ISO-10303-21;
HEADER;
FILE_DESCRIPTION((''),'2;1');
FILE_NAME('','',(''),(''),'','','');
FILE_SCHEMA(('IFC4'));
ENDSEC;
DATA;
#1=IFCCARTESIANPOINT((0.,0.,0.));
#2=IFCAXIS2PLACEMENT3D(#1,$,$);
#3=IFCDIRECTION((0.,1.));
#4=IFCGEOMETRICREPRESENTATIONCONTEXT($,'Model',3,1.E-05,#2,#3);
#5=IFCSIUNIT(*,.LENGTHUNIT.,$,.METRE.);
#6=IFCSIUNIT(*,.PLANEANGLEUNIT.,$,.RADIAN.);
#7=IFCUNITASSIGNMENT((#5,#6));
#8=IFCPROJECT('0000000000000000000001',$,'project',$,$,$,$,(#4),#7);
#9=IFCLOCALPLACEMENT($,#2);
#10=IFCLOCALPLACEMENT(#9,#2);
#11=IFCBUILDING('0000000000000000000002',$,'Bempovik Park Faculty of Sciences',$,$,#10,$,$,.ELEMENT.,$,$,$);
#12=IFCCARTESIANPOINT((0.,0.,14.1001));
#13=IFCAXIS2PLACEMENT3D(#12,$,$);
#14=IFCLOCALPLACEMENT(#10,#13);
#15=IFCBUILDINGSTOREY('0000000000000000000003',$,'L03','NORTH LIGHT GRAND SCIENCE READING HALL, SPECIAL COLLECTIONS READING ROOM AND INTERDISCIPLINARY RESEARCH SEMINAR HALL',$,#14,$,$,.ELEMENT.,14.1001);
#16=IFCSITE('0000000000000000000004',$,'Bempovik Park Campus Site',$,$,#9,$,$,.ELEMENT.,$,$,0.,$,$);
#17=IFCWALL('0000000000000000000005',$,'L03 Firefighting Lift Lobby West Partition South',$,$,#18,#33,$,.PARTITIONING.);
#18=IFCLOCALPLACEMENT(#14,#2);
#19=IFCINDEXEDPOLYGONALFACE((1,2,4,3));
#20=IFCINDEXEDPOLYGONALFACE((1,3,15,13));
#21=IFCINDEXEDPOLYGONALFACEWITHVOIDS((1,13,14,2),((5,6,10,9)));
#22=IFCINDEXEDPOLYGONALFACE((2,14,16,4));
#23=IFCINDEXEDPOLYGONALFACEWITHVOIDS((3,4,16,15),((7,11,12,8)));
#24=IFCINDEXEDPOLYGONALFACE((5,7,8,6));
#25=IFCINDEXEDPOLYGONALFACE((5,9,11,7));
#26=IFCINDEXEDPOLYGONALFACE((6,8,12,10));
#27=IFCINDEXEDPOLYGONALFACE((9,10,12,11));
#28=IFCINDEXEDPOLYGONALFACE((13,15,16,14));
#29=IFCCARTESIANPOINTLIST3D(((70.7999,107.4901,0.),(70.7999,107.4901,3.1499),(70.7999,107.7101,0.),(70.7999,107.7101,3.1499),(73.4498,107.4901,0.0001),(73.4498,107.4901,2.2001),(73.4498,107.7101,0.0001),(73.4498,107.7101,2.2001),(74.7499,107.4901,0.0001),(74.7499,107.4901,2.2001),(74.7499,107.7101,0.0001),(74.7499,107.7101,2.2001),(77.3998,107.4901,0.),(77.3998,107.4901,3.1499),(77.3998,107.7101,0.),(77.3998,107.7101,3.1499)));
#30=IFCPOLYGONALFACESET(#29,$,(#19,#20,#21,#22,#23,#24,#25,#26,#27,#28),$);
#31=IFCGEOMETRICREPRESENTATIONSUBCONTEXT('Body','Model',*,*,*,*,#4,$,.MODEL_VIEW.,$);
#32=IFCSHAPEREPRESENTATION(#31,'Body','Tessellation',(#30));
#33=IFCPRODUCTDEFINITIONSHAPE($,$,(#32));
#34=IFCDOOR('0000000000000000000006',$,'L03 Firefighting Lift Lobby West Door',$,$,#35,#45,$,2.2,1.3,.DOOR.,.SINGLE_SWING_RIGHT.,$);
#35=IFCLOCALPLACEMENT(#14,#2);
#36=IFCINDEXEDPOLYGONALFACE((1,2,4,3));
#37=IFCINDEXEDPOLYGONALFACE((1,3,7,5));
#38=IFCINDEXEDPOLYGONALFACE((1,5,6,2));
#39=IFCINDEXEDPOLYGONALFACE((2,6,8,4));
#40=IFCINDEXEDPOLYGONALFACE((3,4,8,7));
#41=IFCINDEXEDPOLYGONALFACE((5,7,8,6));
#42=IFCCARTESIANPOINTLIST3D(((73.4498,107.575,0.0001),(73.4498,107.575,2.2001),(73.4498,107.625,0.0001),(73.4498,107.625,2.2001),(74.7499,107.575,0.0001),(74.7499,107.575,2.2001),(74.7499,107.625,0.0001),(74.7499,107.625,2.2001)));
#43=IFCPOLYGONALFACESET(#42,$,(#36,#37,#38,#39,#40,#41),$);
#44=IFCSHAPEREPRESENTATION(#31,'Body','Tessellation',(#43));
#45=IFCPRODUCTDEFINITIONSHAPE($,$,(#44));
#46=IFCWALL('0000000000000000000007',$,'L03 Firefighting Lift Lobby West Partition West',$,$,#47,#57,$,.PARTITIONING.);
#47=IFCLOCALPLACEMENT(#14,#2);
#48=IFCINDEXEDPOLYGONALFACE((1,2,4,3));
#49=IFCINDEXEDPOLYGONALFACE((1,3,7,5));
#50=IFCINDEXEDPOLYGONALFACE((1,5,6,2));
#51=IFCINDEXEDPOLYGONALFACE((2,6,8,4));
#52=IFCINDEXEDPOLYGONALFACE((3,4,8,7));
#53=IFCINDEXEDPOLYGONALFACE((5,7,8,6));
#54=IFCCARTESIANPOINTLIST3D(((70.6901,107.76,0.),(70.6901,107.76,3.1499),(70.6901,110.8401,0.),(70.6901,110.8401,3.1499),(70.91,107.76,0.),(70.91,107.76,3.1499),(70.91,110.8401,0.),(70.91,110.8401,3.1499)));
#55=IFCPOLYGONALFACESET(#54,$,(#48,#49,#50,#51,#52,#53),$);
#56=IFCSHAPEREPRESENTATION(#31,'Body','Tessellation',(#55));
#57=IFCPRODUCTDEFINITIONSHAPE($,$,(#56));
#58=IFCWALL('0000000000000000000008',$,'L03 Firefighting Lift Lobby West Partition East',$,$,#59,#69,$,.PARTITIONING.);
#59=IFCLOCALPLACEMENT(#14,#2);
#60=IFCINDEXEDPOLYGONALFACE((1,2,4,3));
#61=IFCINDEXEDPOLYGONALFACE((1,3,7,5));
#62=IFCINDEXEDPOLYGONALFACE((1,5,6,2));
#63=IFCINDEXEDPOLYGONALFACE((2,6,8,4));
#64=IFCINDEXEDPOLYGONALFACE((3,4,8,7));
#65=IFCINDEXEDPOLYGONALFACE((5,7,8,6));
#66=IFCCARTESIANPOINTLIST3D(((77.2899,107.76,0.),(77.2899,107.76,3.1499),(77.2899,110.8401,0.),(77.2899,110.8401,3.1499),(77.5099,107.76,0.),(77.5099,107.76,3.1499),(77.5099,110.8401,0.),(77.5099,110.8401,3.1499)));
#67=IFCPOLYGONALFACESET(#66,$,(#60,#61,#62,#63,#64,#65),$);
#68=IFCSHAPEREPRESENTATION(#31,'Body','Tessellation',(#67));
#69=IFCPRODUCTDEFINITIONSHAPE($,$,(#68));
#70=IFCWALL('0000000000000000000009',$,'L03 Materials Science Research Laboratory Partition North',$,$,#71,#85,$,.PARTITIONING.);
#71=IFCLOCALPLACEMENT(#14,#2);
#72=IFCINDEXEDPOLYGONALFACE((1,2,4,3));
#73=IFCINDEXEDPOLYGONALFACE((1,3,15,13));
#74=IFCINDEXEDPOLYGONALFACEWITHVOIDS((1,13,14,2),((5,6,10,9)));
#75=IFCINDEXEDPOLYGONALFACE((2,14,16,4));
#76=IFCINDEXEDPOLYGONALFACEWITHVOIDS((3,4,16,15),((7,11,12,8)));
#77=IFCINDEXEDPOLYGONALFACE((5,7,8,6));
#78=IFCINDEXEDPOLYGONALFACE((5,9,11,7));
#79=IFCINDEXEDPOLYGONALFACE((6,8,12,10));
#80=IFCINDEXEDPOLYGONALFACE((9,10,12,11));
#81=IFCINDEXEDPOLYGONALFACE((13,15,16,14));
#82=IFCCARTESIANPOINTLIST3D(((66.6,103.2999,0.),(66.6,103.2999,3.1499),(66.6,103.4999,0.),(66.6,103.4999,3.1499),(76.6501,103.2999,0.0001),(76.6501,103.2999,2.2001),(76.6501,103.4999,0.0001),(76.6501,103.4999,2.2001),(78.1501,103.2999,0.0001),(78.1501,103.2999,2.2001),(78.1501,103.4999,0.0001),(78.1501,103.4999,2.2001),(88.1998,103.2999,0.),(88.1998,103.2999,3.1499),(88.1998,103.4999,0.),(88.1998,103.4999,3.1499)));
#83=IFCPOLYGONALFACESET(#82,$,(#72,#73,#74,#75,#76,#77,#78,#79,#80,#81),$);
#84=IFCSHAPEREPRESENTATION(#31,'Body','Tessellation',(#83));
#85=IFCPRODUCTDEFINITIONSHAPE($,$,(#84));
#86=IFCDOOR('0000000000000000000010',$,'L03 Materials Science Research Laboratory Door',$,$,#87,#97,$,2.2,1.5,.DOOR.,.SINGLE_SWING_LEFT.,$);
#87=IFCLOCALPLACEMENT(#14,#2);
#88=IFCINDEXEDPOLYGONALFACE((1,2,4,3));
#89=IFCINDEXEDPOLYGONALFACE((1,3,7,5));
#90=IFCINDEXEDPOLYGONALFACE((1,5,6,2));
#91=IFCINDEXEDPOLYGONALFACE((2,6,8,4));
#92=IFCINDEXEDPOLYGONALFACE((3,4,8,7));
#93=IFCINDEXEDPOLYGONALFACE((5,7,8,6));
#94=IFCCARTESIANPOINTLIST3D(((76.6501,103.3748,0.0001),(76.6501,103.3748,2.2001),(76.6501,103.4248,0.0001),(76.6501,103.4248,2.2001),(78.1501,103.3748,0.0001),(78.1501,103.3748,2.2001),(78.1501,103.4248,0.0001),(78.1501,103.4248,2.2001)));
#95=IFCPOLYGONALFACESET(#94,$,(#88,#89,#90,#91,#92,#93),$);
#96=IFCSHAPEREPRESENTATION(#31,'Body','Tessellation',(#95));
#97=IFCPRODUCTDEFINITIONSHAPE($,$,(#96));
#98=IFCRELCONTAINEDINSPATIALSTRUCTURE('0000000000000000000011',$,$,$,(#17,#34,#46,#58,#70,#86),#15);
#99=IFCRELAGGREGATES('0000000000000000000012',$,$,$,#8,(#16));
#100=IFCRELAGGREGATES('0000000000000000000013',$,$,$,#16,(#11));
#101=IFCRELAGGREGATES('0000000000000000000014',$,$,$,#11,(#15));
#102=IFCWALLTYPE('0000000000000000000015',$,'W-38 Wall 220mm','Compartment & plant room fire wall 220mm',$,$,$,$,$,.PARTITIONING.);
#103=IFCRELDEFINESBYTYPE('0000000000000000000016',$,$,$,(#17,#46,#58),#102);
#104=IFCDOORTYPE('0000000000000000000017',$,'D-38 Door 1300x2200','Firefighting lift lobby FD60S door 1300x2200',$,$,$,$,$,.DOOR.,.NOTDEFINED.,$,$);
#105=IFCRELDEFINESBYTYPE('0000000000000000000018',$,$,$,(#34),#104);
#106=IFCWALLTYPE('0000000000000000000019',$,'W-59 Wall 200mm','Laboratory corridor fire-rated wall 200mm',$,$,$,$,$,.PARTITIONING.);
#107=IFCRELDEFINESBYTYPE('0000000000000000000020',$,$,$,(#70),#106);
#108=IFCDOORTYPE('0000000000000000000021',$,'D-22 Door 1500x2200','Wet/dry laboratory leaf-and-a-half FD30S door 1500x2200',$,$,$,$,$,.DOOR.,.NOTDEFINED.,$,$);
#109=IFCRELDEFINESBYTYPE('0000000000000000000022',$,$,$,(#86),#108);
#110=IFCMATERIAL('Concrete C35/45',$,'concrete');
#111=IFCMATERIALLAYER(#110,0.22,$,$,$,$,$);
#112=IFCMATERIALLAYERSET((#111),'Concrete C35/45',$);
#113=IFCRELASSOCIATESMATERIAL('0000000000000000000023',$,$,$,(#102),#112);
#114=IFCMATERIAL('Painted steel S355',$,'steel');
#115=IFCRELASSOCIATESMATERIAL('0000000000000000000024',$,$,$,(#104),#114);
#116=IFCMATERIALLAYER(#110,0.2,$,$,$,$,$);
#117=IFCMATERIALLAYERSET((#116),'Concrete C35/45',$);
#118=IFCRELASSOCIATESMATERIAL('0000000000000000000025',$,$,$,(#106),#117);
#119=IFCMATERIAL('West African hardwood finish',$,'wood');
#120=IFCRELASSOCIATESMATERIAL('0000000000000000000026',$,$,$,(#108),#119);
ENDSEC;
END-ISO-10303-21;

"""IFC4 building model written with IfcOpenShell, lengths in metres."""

from ifc_helpers import new_model, si_unit, direction, frame, frame_2d, origin, place, context, subcontext, project, spatial, rectangle, extrude, material, layer, layer_set, type_object, element, fill, save


model = new_model("IFC4")

# Units and contexts
model_context = context("Model", 3, precision=1e-05, world=origin(), true_north=direction((0.0, 1.0)))
body_context = subcontext(model_context, "Body", "Model", "MODEL_VIEW")
ifc_project = project(units=[si_unit("LENGTHUNIT", "METRE"), si_unit("PLANEANGLEUNIT", "RADIAN")], contexts=[model_context])

# Site, building, storey
site_placement = place(None, origin())
site = spatial("IfcSite", under=ifc_project, at=site_placement, Name="Bempovik Park Campus Site", CompositionType="ELEMENT", RefElevation=0.0)
building_placement = place(site_placement, origin())
building = spatial("IfcBuilding", under=site, at=building_placement, Name="Bempovik Park Faculty of Sciences", CompositionType="ELEMENT")
storey_placement = place(building_placement, frame((0.0, 0.0, 14.1001)))
storey = spatial("IfcBuildingStorey", under=building, at=storey_placement, Name="L03", Description="NORTH LIGHT GRAND SCIENCE READING HALL, SPECIAL COLLECTIONS READING ROOM AND INTERDISCIPLINARY RESEARCH SEMINAR HALL", CompositionType="ELEMENT", Elevation=14.1001)

# Shared definitions
ifc_material_1 = material(Name="Concrete C35/45", Category="concrete")

# Wall, opening, door
ifc_material_2 = material(Name="Painted steel S355", Category="steel")
ifc_layer_1 = layer(ifc_material_1, 0.22)
ifc_layer_set_1 = layer_set([ifc_layer_1], Name="Concrete C35/45")
wall_type_1 = type_object("IfcWallType", Name="W-38 Wall 220mm", Description="Compartment & plant room fire wall 220mm", PredefinedType="PARTITIONING", material=ifc_layer_set_1)
wall_1_placement = place(storey_placement, frame((70.8, 107.6001, 0.0), z_axis=(0.0, 0.0, 1.0), x_axis=(1.0, 0.0, 0.0)))
wall_1 = element("IfcWall", 1, at=wall_1_placement, inside=storey, type_object=wall_type_1, Name="L03 Firefighting Lift Lobby West Partition South", PredefinedType="PARTITIONING", context=body_context, shape_type="SweptSolid", body=[
    extrude(rectangle(XDim=6.5999, YDim=0.22, at=frame_2d((3.2998, 0.0))), origin(), (0.0, 0.0, 1.0), 3.1499),
])
opening_1_placement = place(wall_1_placement, frame((2.6499, 0.0, 0.0)))
opening_1 = element("IfcOpeningElement", 2, at=opening_1_placement, cuts=wall_1, PredefinedType="OPENING", context=body_context, shape_type="SweptSolid", body=[
    extrude(rectangle(XDim=1.3, YDim=2.2, at=frame_2d((0.6499, 1.1001))), frame((0.0, 0.1201, 0.0), z_axis=(0.0, -1.0, 0.0), x_axis=(1.0, 0.0, 0.0)), (0.0, 0.0, 1.0), 0.24),
])
door_type_1 = type_object("IfcDoorType", Name="D-38 Door 1300x2200", Description="Firefighting lift lobby FD60S door 1300x2200", OperationType="NOTDEFINED", PredefinedType="DOOR", material=ifc_material_2)
door_1_placement = place(opening_1_placement, origin())
door_1 = element("IfcDoor", 3, at=door_1_placement, inside=storey, type_object=door_type_1, Name="L03 Firefighting Lift Lobby West Door", OperationType="SINGLE_SWING_RIGHT", OverallHeight=2.2, OverallWidth=1.3, PredefinedType="DOOR", context=body_context, shape_type="SweptSolid", body=[
    extrude(rectangle(XDim=1.3, YDim=2.2, at=frame_2d((0.6499, 1.1001))), frame((0.0, 0.0249, 0.0), z_axis=(0.0, -1.0, 0.0), x_axis=(1.0, 0.0, 0.0)), (0.0, 0.0, 1.0), 0.05),
])
fill(opening_1, door_1)

# Walls
for number, where, z_axis, x_axis, name in (
    (4, (70.8, 107.76, 0.0), (0.0, 0.0, 1.0), (0.0, 1.0, 0.0), "L03 Firefighting Lift Lobby West Partition West"),
    (5, (77.3999, 107.76, 0.0), (0.0, 0.0, 1.0), (0.0, 1.0, 0.0), "L03 Firefighting Lift Lobby West Partition East"),
):
    element("IfcWall", number, at=place(storey_placement, frame(where, z_axis=z_axis, x_axis=x_axis)), inside=storey, type_object=wall_type_1, Name=name, PredefinedType="PARTITIONING", context=body_context, shape_type="SweptSolid", body=[
        extrude(rectangle(XDim=3.0801, YDim=0.22, at=frame_2d((1.54, 0.0))), origin(), (0.0, 0.0, 1.0), 3.1499),
    ])

# Wall, opening, door
ifc_layer_2 = layer(ifc_material_1, 0.2)
ifc_layer_set_2 = layer_set([ifc_layer_2], Name="Concrete C35/45")
wall_type_2 = type_object("IfcWallType", Name="W-59 Wall 200mm", Description="Laboratory corridor fire-rated wall 200mm", PredefinedType="PARTITIONING", material=ifc_layer_set_2)
wall_2_placement = place(storey_placement, frame((66.6001, 103.3999, 0.0), z_axis=(0.0, 0.0, 1.0), x_axis=(1.0, 0.0, 0.0)))
wall_2 = element("IfcWall", 6, at=wall_2_placement, inside=storey, type_object=wall_type_2, Name="L03 Materials Science Research Laboratory Partition North", PredefinedType="PARTITIONING", context=body_context, shape_type="SweptSolid", body=[
    extrude(rectangle(XDim=21.5999, YDim=0.2, at=frame_2d((10.7998, 0.0))), origin(), (0.0, 0.0, 1.0), 3.1499),
])
opening_2_placement = place(wall_2_placement, frame((10.05, 0.0, 0.0)))
opening_2 = element("IfcOpeningElement", 7, at=opening_2_placement, cuts=wall_2, PredefinedType="OPENING", context=body_context, shape_type="SweptSolid", body=[
    extrude(rectangle(XDim=1.5, YDim=2.2, at=frame_2d((0.75, 1.1001))), frame((0.0, 0.1099, 0.0), z_axis=(0.0, -1.0, 0.0), x_axis=(1.0, 0.0, 0.0)), (0.0, 0.0, 1.0), 0.22),
])
ifc_material_3 = material(Name="West African hardwood finish", Category="wood")
door_type_2 = type_object("IfcDoorType", Name="D-22 Door 1500x2200", Description="Wet/dry laboratory leaf-and-a-half FD30S door 1500x2200", OperationType="NOTDEFINED", PredefinedType="DOOR", material=ifc_material_3)
door_2_placement = place(opening_2_placement, origin())
door_2 = element("IfcDoor", 8, at=door_2_placement, inside=storey, type_object=door_type_2, Name="L03 Materials Science Research Laboratory Door", OperationType="SINGLE_SWING_LEFT", OverallHeight=2.2, OverallWidth=1.5, PredefinedType="DOOR", context=body_context, shape_type="SweptSolid", body=[
    extrude(rectangle(XDim=1.5, YDim=2.2, at=frame_2d((0.75, 1.1001))), frame((0.0, 0.0249, 0.0), z_axis=(0.0, -1.0, 0.0), x_axis=(1.0, 0.0, 0.0)), (0.0, 0.0, 1.0), 0.05),
])
fill(opening_2, door_2)

save(model, "model.ifc")
